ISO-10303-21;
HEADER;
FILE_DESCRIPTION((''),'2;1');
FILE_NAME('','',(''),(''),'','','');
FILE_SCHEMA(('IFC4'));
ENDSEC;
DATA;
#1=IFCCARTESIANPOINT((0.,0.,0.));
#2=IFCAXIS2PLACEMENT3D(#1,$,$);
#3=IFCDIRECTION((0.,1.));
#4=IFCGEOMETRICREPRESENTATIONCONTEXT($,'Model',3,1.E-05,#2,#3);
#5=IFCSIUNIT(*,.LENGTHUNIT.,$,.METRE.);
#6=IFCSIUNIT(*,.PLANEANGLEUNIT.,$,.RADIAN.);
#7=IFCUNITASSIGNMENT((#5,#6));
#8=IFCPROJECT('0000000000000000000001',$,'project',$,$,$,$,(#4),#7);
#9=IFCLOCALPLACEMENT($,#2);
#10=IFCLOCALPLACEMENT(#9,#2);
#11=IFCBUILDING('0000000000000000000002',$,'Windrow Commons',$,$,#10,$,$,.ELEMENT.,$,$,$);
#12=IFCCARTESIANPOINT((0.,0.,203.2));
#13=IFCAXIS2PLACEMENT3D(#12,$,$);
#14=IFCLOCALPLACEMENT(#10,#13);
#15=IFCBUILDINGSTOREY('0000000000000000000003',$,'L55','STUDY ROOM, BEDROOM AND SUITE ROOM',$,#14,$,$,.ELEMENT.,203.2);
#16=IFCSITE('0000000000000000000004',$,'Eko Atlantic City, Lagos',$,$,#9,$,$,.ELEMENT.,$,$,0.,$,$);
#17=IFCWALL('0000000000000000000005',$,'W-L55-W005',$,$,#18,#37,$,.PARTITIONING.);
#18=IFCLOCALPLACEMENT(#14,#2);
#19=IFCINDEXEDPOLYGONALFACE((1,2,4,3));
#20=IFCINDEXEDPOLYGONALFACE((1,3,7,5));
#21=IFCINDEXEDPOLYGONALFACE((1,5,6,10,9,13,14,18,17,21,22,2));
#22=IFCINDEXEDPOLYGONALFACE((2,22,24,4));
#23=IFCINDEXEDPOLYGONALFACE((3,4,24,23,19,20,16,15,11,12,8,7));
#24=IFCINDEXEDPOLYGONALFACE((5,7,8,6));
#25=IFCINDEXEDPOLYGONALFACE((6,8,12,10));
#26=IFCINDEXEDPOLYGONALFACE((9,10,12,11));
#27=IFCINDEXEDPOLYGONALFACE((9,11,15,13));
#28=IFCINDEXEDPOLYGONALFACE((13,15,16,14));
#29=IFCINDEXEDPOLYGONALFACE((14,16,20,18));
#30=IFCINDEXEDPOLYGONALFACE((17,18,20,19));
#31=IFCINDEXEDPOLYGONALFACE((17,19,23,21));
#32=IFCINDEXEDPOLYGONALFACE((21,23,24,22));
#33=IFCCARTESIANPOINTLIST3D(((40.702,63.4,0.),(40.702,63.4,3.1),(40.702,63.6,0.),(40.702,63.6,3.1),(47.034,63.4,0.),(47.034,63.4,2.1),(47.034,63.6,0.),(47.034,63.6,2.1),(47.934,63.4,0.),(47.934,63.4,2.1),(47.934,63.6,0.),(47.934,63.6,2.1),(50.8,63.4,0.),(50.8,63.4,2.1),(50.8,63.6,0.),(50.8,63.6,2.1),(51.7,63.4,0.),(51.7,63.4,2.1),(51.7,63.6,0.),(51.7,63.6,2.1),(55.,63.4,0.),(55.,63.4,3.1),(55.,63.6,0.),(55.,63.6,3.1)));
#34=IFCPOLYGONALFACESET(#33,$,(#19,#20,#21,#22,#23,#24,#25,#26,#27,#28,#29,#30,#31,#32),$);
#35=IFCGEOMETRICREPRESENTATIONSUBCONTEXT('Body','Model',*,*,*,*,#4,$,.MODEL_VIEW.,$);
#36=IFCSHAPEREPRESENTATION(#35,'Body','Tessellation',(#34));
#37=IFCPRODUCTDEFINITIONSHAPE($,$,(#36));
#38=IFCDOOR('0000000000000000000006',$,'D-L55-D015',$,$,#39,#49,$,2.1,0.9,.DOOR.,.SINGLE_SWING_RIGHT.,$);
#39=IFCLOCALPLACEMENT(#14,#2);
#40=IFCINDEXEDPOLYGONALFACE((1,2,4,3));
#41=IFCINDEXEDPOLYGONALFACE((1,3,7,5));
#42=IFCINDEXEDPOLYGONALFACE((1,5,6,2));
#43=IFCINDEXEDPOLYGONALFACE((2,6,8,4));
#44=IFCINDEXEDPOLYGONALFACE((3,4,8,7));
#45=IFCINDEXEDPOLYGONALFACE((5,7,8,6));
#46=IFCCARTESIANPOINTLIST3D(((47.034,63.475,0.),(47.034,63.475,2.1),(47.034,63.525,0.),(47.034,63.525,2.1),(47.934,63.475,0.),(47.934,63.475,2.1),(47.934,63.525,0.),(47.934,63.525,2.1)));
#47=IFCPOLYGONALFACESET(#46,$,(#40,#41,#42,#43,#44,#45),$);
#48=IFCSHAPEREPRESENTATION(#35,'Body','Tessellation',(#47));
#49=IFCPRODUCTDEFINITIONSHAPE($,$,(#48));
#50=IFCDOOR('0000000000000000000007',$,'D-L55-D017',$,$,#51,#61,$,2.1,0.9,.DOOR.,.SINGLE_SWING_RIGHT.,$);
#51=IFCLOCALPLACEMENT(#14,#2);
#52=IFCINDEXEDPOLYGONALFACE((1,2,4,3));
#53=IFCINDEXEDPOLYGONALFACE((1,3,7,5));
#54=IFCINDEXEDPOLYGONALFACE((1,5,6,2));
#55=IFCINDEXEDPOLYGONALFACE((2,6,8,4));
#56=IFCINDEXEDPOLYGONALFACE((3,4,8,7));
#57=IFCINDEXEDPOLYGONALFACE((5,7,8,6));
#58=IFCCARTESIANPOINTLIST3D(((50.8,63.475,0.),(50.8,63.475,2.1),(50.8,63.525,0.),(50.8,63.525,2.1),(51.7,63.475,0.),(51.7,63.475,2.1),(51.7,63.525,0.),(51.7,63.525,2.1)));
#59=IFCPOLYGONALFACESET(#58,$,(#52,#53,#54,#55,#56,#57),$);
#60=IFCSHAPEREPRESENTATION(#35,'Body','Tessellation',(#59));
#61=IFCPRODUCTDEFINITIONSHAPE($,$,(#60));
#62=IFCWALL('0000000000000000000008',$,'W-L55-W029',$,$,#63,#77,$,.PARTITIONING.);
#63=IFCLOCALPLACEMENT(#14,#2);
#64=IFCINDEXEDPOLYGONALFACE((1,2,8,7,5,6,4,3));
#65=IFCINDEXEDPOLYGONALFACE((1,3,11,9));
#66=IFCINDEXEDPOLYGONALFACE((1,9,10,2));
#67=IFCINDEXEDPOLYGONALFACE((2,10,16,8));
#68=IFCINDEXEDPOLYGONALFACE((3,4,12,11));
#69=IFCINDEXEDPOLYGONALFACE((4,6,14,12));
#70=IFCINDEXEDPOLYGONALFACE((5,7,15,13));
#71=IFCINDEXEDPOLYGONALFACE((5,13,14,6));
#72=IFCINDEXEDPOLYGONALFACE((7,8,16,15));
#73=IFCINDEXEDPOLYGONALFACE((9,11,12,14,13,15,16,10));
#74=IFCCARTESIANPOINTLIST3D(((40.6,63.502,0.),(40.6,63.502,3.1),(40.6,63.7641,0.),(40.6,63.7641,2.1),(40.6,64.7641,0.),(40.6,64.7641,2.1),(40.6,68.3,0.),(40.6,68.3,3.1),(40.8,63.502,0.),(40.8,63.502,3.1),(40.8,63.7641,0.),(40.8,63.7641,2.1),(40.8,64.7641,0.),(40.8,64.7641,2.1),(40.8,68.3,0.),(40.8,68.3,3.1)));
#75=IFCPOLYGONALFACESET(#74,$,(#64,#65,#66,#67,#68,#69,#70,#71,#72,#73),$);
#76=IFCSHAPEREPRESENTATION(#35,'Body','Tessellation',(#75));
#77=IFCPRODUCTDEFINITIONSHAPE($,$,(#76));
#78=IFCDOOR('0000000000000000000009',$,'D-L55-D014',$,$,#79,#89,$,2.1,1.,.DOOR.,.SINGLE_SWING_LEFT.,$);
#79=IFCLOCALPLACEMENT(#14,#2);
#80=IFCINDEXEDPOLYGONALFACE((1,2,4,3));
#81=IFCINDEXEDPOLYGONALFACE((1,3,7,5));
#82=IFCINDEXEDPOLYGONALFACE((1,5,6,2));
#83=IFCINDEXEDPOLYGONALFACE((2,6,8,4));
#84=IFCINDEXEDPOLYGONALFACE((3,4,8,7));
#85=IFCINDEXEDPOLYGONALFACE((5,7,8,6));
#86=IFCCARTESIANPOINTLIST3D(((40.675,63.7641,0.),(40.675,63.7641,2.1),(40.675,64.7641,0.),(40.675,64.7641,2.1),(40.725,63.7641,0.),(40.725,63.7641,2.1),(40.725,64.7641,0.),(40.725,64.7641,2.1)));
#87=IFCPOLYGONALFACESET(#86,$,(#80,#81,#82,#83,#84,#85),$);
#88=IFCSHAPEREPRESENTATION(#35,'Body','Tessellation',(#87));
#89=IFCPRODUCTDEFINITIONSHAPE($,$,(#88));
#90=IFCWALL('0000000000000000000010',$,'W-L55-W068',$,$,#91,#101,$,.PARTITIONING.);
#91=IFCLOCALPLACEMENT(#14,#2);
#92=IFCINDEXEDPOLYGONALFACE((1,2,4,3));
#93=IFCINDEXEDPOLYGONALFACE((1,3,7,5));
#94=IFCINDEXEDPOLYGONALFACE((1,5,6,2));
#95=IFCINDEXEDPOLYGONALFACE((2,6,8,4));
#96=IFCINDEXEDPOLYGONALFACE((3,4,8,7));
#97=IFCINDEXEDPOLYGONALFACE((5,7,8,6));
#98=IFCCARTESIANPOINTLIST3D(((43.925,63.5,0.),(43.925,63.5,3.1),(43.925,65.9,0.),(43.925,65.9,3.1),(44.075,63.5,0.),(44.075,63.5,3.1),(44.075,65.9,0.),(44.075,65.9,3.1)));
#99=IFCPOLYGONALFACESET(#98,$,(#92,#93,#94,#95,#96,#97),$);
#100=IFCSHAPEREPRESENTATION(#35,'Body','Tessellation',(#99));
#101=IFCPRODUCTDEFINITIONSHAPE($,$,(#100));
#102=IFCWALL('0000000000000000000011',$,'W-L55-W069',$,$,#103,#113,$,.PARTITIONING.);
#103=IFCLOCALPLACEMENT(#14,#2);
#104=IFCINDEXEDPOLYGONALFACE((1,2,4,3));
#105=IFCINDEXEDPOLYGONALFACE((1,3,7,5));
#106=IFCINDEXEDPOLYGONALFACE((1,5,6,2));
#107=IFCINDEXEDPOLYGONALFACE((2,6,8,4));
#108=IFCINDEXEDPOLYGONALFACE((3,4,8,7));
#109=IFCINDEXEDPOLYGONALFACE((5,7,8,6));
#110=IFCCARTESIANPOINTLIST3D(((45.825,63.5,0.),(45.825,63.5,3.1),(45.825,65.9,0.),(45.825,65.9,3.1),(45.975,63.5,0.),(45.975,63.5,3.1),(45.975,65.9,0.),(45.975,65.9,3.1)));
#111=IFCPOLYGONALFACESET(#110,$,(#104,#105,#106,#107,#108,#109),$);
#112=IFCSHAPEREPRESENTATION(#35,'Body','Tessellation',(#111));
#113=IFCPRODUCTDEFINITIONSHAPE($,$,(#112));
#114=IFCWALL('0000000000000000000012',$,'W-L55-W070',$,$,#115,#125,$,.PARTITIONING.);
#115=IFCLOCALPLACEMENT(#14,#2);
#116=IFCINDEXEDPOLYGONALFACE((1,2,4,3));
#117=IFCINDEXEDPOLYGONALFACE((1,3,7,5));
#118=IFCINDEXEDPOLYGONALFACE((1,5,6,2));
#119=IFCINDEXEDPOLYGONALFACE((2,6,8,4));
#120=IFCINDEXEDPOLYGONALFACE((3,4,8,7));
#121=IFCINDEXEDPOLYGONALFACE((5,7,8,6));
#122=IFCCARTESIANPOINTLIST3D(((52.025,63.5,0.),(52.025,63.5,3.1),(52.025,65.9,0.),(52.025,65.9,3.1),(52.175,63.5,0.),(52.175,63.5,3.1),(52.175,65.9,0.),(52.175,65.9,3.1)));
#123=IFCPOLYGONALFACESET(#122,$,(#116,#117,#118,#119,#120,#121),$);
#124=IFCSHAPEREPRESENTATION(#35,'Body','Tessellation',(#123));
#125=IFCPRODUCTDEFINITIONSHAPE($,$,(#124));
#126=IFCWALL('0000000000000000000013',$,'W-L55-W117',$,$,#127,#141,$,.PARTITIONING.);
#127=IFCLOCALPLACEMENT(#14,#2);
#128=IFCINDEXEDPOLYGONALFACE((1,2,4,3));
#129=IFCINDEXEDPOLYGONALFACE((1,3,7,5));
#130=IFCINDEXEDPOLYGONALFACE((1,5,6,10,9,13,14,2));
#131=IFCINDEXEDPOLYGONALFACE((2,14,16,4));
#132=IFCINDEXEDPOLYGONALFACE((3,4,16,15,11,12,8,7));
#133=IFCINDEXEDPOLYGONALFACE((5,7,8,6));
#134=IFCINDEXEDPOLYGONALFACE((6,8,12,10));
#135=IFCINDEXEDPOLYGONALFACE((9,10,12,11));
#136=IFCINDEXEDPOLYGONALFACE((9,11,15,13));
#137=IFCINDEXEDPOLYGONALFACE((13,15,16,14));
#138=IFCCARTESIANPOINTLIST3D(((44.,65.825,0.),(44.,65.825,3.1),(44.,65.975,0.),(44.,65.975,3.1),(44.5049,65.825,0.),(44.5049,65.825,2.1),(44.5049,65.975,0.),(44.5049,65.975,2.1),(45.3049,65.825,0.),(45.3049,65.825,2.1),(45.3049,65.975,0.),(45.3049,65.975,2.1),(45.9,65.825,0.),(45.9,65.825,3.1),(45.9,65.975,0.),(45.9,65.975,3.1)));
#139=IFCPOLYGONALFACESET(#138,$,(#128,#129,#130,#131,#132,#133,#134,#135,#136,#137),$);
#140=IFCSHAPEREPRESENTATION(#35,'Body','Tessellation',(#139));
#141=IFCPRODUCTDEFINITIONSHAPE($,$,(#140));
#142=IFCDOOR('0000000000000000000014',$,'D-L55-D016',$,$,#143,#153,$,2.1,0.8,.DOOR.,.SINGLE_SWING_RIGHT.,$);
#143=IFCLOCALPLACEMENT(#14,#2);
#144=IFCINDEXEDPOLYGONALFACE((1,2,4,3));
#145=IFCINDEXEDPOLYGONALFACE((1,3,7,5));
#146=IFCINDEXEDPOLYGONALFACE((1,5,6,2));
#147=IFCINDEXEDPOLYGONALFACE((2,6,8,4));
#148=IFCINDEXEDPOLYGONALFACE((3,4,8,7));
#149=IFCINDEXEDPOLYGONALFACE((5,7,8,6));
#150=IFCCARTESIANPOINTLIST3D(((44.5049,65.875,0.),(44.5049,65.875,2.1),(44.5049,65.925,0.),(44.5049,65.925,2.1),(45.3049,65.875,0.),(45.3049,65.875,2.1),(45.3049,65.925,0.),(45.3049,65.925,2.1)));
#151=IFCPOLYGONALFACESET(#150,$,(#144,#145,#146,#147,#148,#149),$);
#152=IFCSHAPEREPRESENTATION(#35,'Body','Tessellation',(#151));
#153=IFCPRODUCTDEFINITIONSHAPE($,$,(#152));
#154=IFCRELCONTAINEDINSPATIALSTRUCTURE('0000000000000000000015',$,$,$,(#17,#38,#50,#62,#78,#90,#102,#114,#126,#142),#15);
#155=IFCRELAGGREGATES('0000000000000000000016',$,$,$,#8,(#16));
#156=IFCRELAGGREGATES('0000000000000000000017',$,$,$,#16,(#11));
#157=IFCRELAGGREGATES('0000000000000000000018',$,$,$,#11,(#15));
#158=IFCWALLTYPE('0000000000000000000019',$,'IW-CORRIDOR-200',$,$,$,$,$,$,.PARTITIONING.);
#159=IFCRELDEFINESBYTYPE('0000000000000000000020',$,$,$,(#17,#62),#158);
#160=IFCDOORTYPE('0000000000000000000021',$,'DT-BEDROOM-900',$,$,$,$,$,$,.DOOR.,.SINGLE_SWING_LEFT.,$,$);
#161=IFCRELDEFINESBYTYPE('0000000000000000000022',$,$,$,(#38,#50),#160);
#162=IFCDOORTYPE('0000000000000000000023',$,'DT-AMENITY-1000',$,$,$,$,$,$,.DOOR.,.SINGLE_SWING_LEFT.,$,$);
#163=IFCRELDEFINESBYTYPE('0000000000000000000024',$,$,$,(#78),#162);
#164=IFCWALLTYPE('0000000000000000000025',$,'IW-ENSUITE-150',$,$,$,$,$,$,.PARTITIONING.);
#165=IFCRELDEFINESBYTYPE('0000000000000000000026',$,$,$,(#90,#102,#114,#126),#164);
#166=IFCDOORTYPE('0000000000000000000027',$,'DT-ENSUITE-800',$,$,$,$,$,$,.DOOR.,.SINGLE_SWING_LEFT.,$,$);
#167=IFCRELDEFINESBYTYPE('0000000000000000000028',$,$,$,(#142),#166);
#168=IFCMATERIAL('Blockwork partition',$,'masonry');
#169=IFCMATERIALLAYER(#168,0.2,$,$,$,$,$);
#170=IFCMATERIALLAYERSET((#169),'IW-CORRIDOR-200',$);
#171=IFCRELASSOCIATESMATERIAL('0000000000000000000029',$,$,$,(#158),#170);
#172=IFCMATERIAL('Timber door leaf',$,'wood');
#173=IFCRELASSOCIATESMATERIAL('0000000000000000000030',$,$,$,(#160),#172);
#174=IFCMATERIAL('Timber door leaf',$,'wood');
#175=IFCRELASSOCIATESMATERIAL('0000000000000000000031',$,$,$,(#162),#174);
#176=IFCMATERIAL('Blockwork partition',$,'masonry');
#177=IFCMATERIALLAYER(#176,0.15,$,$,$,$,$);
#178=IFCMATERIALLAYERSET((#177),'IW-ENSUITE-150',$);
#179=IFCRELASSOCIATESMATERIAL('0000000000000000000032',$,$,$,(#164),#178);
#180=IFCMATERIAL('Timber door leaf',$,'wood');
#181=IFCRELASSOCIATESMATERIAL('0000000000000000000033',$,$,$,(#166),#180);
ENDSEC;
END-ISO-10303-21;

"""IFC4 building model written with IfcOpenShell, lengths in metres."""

from ifc_helpers import new_model, si_unit, direction, frame, frame_2d, origin, place, context, subcontext, project, spatial, rectangle, extrude, material, layer, layer_set, type_object, element, fill, save


model = new_model("IFC4")

# Units and contexts
model_context = context("Model", 3, precision=1e-05, world=origin(), true_north=direction((0.0, 1.0)))
body_context = subcontext(model_context, "Body", "Model", "MODEL_VIEW")
ifc_project = project(units=[si_unit("LENGTHUNIT", "METRE"), si_unit("PLANEANGLEUNIT", "RADIAN")], contexts=[model_context])

# Site, building, storey
site_placement = place(None, origin())
site = spatial("IfcSite", under=ifc_project, at=site_placement, Name="Eko Atlantic City, Lagos", CompositionType="ELEMENT", RefElevation=0.0)
building_placement = place(site_placement, origin())
building = spatial("IfcBuilding", under=site, at=building_placement, Name="Windrow Commons", CompositionType="ELEMENT")
storey_placement = place(building_placement, frame((0.0, 0.0, 203.2)))
storey = spatial("IfcBuildingStorey", under=building, at=storey_placement, Name="L55", Description="STUDY ROOM, BEDROOM AND SUITE ROOM", CompositionType="ELEMENT", Elevation=203.2)

# Wall, openings, doors
ifc_material_1 = material(Name="Blockwork partition", Category="masonry")
ifc_layer_1 = layer(ifc_material_1, 0.2)
ifc_layer_set_1 = layer_set([ifc_layer_1], Name="IW-CORRIDOR-200")
wall_type_1 = type_object("IfcWallType", Name="IW-CORRIDOR-200", PredefinedType="PARTITIONING", material=ifc_layer_set_1)
wall_1_placement = place(storey_placement, frame((40.702, 63.5, 0.0), z_axis=(0.0, 0.0, 1.0), x_axis=(1.0, 0.0, 0.0)))
wall_1 = element("IfcWall", 1, at=wall_1_placement, inside=storey, type_object=wall_type_1, Name="W-L55-W005", PredefinedType="PARTITIONING", context=body_context, shape_type="SweptSolid", body=[
    extrude(rectangle(XDim=14.298, YDim=0.2, at=frame_2d((7.149, 0.0))), origin(), (0.0, 0.0, 1.0), 3.1),
])
opening_1_placement = place(wall_1_placement, frame((6.332, 0.0, 0.0)))
opening_1 = element("IfcOpeningElement", 2, at=opening_1_placement, cuts=wall_1, PredefinedType="OPENING", context=body_context, shape_type="SweptSolid", body=[
    extrude(rectangle(XDim=0.9, YDim=2.1, at=frame_2d((0.45, 1.05))), frame((0.0, 0.11, 0.0), z_axis=(0.0, -1.0, 0.0), x_axis=(1.0, 0.0, 0.0)), (0.0, 0.0, 1.0), 0.22),
])
opening_2_placement = place(wall_1_placement, frame((10.098, 0.0, 0.0)))
opening_2 = element("IfcOpeningElement", 3, at=opening_2_placement, cuts=wall_1, PredefinedType="OPENING", context=body_context, shape_type="SweptSolid", body=[
    extrude(rectangle(XDim=0.9, YDim=2.1, at=frame_2d((0.45, 1.05))), frame((0.0, 0.11, 0.0), z_axis=(0.0, -1.0, 0.0), x_axis=(1.0, 0.0, 0.0)), (0.0, 0.0, 1.0), 0.22),
])
ifc_material_2 = material(Name="Timber door leaf", Category="wood")
door_type_1 = type_object("IfcDoorType", Name="DT-BEDROOM-900", OperationType="SINGLE_SWING_LEFT", PredefinedType="DOOR", material=ifc_material_2)
door_1_placement = place(opening_1_placement, origin())
door_1 = element("IfcDoor", 4, at=door_1_placement, inside=storey, type_object=door_type_1, Name="D-L55-D015", OperationType="SINGLE_SWING_RIGHT", OverallHeight=2.1, OverallWidth=0.9, PredefinedType="DOOR", context=body_context, shape_type="SweptSolid", body=[
    extrude(rectangle(XDim=0.9, YDim=2.1, at=frame_2d((0.45, 1.05))), frame((0.0, 0.025, 0.0), z_axis=(0.0, -1.0, 0.0), x_axis=(1.0, 0.0, 0.0)), (0.0, 0.0, 1.0), 0.05),
])
fill(opening_1, door_1)
door_2_placement = place(opening_2_placement, origin())
door_2 = element("IfcDoor", 5, at=door_2_placement, inside=storey, type_object=door_type_1, Name="D-L55-D017", OperationType="SINGLE_SWING_RIGHT", OverallHeight=2.1, OverallWidth=0.9, PredefinedType="DOOR", context=body_context, shape_type="SweptSolid", body=[
    extrude(rectangle(XDim=0.9, YDim=2.1, at=frame_2d((0.45, 1.05))), frame((0.0, 0.025, 0.0), z_axis=(0.0, -1.0, 0.0), x_axis=(1.0, 0.0, 0.0)), (0.0, 0.0, 1.0), 0.05),
])
fill(opening_2, door_2)

# Wall, opening, door
wall_2_placement = place(storey_placement, frame((40.7, 63.502, 0.0), z_axis=(0.0, 0.0, 1.0), x_axis=(0.0, 1.0, 0.0)))
wall_2 = element("IfcWall", 6, at=wall_2_placement, inside=storey, type_object=wall_type_1, Name="W-L55-W029", PredefinedType="PARTITIONING", context=body_context, shape_type="SweptSolid", body=[
    extrude(rectangle(XDim=4.798, YDim=0.2, at=frame_2d((2.399, 0.0))), origin(), (0.0, 0.0, 1.0), 3.1),
])
opening_3_placement = place(wall_2_placement, frame((0.2621, 0.0, 0.0)))
opening_3 = element("IfcOpeningElement", 7, at=opening_3_placement, cuts=wall_2, PredefinedType="OPENING", context=body_context, shape_type="SweptSolid", body=[
    extrude(rectangle(XDim=1.0, YDim=2.1, at=frame_2d((0.5, 1.05))), frame((0.0, 0.11, 0.0), z_axis=(0.0, -1.0, 0.0), x_axis=(1.0, 0.0, 0.0)), (0.0, 0.0, 1.0), 0.22),
])
ifc_material_3 = material(Name="Timber door leaf", Category="wood")
door_type_2 = type_object("IfcDoorType", Name="DT-AMENITY-1000", OperationType="SINGLE_SWING_LEFT", PredefinedType="DOOR", material=ifc_material_3)
door_3_placement = place(opening_3_placement, origin())
door_3 = element("IfcDoor", 8, at=door_3_placement, inside=storey, type_object=door_type_2, Name="D-L55-D014", OperationType="SINGLE_SWING_LEFT", OverallHeight=2.1, OverallWidth=1.0, PredefinedType="DOOR", context=body_context, shape_type="SweptSolid", body=[
    extrude(rectangle(XDim=1.0, YDim=2.1, at=frame_2d((0.5, 1.05))), frame((0.0, 0.025, 0.0), z_axis=(0.0, -1.0, 0.0), x_axis=(1.0, 0.0, 0.0)), (0.0, 0.0, 1.0), 0.05),
])
fill(opening_3, door_3)

# Walls
ifc_material_4 = material(Name="Blockwork partition", Category="masonry")
ifc_layer_2 = layer(ifc_material_4, 0.15)
ifc_layer_set_2 = layer_set([ifc_layer_2], Name="IW-ENSUITE-150")
wall_type_2 = type_object("IfcWallType", Name="IW-ENSUITE-150", PredefinedType="PARTITIONING", material=ifc_layer_set_2)
for number, where, z_axis, x_axis, name in (
    (9, (44.0, 63.5, 0.0), (0.0, 0.0, 1.0), (0.0, 1.0, 0.0), "W-L55-W068"),
    (10, (45.9, 63.5, 0.0), (0.0, 0.0, 1.0), (0.0, 1.0, 0.0), "W-L55-W069"),
    (11, (52.1, 63.5, 0.0), (0.0, 0.0, 1.0), (0.0, 1.0, 0.0), "W-L55-W070"),
):
    element("IfcWall", number, at=place(storey_placement, frame(where, z_axis=z_axis, x_axis=x_axis)), inside=storey, type_object=wall_type_2, Name=name, PredefinedType="PARTITIONING", context=body_context, shape_type="SweptSolid", body=[
        extrude(rectangle(XDim=2.4, YDim=0.15, at=frame_2d((1.2, 0.0))), origin(), (0.0, 0.0, 1.0), 3.1),
    ])

# Wall, opening, door
wall_3_placement = place(storey_placement, frame((44.0, 65.9, 0.0), z_axis=(0.0, 0.0, 1.0), x_axis=(1.0, 0.0, 0.0)))
wall_3 = element("IfcWall", 12, at=wall_3_placement, inside=storey, type_object=wall_type_2, Name="W-L55-W117", PredefinedType="PARTITIONING", context=body_context, shape_type="SweptSolid", body=[
    extrude(rectangle(XDim=1.9, YDim=0.15, at=frame_2d((0.95, 0.0))), origin(), (0.0, 0.0, 1.0), 3.1),
])
opening_4_placement = place(wall_3_placement, frame((0.5049, 0.0, 0.0)))
opening_4 = element("IfcOpeningElement", 13, at=opening_4_placement, cuts=wall_3, PredefinedType="OPENING", context=body_context, shape_type="SweptSolid", body=[
    extrude(rectangle(XDim=0.8, YDim=2.1, at=frame_2d((0.4, 1.05))), frame((0.0, 0.085, 0.0), z_axis=(0.0, -1.0, 0.0), x_axis=(1.0, 0.0, 0.0)), (0.0, 0.0, 1.0), 0.17),
])
ifc_material_5 = material(Name="Timber door leaf", Category="wood")
door_type_3 = type_object("IfcDoorType", Name="DT-ENSUITE-800", OperationType="SINGLE_SWING_LEFT", PredefinedType="DOOR", material=ifc_material_5)
door_4_placement = place(opening_4_placement, origin())
door_4 = element("IfcDoor", 14, at=door_4_placement, inside=storey, type_object=door_type_3, Name="D-L55-D016", OperationType="SINGLE_SWING_RIGHT", OverallHeight=2.1, OverallWidth=0.8, PredefinedType="DOOR", context=body_context, shape_type="SweptSolid", body=[
    extrude(rectangle(XDim=0.8, YDim=2.1, at=frame_2d((0.4, 1.05))), frame((0.0, 0.025, 0.0), z_axis=(0.0, -1.0, 0.0), x_axis=(1.0, 0.0, 0.0)), (0.0, 0.0, 1.0), 0.05),
])
fill(opening_4, door_4)

save(model, "model.ifc")
